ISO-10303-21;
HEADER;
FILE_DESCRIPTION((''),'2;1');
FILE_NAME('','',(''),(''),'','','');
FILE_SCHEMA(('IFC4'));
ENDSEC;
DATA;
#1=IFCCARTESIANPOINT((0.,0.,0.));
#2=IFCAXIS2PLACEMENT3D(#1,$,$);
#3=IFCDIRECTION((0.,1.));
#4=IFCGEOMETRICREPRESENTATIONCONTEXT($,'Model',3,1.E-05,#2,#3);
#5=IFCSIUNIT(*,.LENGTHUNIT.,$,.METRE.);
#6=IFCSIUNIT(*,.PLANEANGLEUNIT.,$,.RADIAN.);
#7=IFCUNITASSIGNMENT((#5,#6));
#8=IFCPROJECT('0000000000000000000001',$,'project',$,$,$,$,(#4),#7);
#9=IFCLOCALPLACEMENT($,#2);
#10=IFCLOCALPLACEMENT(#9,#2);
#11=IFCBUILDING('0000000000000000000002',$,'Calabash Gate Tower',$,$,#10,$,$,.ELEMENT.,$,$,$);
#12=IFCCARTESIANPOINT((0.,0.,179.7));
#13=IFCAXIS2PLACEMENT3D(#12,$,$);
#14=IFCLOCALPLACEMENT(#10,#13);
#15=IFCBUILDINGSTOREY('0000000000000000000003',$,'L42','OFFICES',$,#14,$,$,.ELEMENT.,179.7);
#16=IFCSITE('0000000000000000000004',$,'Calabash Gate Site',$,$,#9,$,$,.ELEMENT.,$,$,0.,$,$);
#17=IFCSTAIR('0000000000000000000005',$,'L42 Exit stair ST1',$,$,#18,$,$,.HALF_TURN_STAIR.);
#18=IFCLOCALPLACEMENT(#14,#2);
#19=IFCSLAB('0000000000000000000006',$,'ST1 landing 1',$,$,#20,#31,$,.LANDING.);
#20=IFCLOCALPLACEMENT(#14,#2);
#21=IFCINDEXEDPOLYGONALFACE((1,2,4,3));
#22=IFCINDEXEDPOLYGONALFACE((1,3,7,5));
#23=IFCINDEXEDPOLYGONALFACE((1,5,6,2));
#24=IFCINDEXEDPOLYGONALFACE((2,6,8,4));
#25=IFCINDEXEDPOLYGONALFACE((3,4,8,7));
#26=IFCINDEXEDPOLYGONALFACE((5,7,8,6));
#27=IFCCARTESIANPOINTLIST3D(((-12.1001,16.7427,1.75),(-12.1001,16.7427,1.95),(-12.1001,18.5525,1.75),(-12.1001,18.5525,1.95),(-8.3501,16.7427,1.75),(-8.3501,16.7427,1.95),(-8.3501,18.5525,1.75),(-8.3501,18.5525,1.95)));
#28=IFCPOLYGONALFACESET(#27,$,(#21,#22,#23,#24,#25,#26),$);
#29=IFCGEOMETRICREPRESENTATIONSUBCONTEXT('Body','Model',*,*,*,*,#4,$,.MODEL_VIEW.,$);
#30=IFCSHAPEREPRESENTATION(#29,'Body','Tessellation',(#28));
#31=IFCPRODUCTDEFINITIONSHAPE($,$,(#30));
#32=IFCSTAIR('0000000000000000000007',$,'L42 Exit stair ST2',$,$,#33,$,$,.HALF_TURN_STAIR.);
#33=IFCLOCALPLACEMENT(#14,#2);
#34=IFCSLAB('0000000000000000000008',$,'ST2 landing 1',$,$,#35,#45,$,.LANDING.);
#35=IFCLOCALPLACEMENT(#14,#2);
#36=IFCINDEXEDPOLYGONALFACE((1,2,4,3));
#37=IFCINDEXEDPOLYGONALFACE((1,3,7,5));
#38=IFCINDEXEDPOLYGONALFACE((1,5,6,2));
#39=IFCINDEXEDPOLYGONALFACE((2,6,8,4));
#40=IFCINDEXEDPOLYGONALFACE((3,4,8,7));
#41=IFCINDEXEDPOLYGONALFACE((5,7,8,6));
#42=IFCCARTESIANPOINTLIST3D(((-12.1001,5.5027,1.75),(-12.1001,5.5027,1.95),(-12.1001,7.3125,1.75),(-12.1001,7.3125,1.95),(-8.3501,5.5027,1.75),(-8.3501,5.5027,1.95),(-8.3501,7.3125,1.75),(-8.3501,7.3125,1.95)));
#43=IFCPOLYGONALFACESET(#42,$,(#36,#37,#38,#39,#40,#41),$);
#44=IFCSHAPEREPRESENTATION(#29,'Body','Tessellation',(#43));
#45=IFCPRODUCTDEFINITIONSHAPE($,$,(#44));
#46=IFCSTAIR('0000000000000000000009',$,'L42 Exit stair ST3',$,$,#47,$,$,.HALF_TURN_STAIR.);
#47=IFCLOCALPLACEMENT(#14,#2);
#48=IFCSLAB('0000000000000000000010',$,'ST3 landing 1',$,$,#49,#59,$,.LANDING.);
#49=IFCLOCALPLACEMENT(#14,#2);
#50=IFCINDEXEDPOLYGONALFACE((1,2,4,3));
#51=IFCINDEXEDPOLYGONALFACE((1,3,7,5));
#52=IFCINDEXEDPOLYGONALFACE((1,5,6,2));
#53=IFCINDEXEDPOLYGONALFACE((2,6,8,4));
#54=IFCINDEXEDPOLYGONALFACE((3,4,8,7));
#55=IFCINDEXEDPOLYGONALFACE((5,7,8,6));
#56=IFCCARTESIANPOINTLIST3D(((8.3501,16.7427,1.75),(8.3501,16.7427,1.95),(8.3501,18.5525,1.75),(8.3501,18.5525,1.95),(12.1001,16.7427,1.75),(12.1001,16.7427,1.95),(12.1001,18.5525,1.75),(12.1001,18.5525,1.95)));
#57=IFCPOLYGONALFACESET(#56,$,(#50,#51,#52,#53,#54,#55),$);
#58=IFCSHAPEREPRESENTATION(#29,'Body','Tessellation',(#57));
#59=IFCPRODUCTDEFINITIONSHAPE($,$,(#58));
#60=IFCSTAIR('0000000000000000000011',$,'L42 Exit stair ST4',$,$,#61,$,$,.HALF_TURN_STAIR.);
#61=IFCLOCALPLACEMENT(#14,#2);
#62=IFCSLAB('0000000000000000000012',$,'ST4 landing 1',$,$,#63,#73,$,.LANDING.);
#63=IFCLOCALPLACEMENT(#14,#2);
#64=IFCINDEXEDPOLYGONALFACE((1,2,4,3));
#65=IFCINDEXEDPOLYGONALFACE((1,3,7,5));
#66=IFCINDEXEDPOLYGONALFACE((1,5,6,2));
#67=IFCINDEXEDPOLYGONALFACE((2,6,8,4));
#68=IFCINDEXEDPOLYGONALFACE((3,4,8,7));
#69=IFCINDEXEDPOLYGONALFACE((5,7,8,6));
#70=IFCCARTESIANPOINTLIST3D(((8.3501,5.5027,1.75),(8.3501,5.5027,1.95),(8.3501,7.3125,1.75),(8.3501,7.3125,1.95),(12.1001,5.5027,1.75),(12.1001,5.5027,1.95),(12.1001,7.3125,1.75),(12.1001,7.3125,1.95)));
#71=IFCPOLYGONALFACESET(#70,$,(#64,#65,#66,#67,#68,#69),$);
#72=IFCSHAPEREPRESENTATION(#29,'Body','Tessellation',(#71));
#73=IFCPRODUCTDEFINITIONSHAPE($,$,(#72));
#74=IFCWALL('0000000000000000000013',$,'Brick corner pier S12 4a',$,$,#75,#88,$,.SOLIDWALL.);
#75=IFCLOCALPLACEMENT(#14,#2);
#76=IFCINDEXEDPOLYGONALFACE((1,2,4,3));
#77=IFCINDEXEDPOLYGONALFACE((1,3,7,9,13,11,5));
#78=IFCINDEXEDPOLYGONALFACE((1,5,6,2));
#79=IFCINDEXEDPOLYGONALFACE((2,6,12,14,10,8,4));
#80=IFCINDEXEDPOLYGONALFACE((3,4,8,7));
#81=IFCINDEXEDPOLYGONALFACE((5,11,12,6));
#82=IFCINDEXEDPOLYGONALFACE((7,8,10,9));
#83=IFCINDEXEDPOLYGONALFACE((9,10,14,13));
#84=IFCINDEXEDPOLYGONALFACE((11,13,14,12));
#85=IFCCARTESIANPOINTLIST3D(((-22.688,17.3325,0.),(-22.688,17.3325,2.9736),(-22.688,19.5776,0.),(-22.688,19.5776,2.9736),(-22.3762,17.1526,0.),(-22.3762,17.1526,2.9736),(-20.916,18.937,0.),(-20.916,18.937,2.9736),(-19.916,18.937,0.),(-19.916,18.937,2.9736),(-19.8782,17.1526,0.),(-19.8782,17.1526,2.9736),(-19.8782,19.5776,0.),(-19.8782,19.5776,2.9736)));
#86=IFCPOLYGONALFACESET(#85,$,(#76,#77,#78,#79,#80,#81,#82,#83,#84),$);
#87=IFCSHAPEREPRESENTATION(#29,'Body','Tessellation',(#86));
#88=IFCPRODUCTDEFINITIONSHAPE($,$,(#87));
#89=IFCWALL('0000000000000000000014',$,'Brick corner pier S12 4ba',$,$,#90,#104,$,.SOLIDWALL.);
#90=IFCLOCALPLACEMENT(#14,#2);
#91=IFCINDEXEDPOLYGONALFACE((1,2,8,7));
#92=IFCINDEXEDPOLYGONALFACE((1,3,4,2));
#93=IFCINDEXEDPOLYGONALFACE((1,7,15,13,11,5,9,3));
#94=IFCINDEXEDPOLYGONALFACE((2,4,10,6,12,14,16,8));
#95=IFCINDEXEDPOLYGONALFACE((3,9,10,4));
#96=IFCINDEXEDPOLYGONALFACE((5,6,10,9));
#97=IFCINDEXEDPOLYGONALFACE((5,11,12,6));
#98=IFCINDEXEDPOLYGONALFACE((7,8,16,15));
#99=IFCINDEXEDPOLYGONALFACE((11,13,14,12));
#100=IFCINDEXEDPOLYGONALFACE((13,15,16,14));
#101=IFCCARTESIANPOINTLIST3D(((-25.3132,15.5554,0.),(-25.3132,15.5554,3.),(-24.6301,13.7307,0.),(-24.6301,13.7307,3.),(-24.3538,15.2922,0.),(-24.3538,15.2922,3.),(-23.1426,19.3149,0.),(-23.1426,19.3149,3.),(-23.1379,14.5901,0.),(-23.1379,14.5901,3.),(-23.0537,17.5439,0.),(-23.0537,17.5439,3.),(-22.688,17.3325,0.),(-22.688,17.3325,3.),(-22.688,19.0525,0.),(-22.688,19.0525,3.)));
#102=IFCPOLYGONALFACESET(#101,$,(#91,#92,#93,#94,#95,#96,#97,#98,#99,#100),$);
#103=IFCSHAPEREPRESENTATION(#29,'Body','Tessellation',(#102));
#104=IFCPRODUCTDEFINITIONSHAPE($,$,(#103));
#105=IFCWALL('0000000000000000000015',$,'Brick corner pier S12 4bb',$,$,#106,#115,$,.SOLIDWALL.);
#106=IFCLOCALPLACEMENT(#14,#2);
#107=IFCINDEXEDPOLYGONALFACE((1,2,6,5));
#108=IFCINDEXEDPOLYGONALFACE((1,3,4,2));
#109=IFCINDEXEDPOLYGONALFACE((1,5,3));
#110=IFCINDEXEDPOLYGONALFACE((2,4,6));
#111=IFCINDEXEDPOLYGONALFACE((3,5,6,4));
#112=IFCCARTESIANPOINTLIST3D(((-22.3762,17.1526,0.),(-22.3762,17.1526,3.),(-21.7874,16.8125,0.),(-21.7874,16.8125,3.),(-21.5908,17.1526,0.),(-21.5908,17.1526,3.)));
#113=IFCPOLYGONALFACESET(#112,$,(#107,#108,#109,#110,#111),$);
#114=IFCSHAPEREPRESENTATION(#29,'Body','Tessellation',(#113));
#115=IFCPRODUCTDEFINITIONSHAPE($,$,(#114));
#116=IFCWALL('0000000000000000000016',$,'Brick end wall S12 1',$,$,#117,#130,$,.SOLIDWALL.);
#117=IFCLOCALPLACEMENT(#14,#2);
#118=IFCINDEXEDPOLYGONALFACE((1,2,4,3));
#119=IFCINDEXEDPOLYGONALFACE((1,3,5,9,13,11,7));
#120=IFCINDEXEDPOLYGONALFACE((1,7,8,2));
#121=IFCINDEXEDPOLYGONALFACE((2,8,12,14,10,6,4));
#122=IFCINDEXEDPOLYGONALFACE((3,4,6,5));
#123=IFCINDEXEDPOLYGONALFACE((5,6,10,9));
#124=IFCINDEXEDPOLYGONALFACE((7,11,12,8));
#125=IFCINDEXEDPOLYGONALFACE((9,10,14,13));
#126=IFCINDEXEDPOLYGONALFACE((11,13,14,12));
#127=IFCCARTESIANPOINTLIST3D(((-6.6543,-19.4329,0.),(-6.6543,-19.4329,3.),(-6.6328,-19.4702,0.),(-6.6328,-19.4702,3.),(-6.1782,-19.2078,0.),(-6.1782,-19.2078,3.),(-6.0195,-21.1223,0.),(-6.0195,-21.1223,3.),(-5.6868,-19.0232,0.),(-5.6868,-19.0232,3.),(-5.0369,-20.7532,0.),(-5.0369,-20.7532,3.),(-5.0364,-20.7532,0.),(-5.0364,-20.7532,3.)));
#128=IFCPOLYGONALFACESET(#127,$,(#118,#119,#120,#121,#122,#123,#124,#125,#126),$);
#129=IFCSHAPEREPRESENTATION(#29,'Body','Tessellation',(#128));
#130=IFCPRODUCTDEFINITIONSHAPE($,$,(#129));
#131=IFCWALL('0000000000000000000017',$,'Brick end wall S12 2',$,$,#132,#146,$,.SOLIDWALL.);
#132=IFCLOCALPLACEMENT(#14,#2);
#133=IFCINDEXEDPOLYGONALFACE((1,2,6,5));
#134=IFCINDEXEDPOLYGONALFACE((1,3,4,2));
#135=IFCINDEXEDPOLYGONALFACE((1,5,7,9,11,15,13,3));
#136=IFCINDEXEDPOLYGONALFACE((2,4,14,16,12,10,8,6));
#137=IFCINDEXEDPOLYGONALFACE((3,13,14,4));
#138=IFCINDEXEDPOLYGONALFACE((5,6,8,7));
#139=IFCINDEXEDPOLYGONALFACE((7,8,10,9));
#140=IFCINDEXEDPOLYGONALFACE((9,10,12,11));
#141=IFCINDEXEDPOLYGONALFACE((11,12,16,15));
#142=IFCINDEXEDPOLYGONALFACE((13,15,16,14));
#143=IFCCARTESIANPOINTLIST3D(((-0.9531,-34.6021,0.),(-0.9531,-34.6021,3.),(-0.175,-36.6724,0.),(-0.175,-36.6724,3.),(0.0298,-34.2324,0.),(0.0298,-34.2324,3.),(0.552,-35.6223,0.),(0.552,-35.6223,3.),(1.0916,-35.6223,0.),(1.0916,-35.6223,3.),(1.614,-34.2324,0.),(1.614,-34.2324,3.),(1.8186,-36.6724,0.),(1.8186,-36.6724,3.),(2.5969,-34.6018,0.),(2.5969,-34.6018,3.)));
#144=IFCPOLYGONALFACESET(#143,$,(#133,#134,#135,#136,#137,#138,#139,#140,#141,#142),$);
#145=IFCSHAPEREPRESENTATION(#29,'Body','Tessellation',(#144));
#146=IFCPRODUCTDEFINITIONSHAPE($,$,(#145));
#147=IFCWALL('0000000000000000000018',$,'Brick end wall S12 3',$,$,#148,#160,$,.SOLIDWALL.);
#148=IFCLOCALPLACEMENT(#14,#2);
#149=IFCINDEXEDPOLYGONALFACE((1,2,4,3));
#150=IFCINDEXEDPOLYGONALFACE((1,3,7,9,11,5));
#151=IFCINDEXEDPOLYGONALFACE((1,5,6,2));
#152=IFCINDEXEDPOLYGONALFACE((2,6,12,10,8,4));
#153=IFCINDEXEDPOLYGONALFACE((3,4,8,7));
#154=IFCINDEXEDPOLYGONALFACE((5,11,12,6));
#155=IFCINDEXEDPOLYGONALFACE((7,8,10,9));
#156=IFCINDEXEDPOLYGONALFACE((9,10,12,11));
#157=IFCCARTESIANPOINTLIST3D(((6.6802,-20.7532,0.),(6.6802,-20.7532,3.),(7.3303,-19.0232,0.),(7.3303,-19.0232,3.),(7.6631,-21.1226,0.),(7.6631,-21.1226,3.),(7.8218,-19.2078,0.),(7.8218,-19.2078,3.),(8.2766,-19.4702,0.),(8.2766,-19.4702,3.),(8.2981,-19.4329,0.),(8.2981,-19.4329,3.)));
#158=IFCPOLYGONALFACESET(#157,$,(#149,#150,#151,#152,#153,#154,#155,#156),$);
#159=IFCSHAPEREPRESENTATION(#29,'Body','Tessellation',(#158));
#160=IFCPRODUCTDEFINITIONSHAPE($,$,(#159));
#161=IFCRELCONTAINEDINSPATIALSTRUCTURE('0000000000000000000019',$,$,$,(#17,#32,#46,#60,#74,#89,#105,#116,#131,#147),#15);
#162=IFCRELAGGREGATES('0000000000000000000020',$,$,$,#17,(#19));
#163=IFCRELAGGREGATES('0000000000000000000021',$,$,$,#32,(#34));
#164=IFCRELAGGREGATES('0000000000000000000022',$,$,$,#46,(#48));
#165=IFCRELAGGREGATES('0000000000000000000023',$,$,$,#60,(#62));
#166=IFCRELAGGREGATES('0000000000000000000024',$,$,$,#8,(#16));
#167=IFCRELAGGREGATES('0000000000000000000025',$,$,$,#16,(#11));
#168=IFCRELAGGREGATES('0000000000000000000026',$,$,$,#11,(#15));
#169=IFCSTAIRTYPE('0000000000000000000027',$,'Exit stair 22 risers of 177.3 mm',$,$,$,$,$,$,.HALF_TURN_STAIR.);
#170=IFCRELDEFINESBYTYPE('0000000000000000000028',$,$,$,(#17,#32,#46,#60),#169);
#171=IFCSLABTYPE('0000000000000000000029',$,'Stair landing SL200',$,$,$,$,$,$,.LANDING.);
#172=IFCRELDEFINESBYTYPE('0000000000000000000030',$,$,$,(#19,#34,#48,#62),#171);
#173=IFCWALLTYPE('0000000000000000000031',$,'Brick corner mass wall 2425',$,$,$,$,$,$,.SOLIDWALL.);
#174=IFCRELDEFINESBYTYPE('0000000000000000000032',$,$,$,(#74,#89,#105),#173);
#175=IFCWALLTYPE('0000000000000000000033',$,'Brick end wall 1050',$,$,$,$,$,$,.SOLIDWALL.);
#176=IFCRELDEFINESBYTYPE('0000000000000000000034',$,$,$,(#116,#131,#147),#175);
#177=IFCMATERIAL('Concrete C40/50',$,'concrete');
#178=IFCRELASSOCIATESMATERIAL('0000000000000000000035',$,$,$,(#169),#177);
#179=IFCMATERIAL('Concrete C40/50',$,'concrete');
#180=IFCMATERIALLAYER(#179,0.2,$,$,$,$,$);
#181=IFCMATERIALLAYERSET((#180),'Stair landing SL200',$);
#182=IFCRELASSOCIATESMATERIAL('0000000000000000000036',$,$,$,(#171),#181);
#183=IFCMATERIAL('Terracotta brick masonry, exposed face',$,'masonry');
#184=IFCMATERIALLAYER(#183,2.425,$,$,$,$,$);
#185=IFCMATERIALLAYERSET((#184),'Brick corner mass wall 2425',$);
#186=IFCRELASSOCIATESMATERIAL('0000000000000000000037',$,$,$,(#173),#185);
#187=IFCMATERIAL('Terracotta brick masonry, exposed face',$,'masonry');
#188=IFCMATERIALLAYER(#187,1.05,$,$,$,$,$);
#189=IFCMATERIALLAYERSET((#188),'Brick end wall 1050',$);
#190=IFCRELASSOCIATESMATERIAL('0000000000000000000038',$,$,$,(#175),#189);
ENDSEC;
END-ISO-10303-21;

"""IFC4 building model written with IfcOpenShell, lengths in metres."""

from ifc_helpers import new_model, si_unit, direction, frame, origin, place, context, subcontext, project, spatial, polyline, outline, extrude, material, layer, layer_set, type_object, element, aggregate, save


model = new_model("IFC4")

# Units and contexts
model_context = context("Model", 3, precision=1e-05, world=origin(), true_north=direction((0.0, 1.0)))
body_context = subcontext(model_context, "Body", "Model", "MODEL_VIEW")
ifc_project = project(units=[si_unit("LENGTHUNIT", "METRE"), si_unit("PLANEANGLEUNIT", "RADIAN")], contexts=[model_context])

# Site, building, storey
site_placement = place(None, origin())
site = spatial("IfcSite", under=ifc_project, at=site_placement, Name="Calabash Gate Site", CompositionType="ELEMENT", RefElevation=0.0)
building_placement = place(site_placement, origin())
building = spatial("IfcBuilding", under=site, at=building_placement, Name="Calabash Gate Tower", CompositionType="ELEMENT")
storey_placement = place(building_placement, frame((0.0, 0.0, 179.7)))
storey = spatial("IfcBuildingStorey", under=building, at=storey_placement, Name="L42", Description="OFFICES", CompositionType="ELEMENT", Elevation=179.7)

# Stairs, slabs
ifc_material_1 = material(Name="Concrete C40/50", Category="concrete")
stair_type = type_object("IfcStairType", Name="Exit stair 22 risers of 177.3 mm", PredefinedType="HALF_TURN_STAIR", material=ifc_material_1)
stair_1_placement = place(storey_placement, origin())
stair_1 = element("IfcStair", 1, at=stair_1_placement, inside=storey, type_object=stair_type, Name="L42 Exit stair ST1", PredefinedType="HALF_TURN_STAIR")
ifc_material_2 = material(Name="Concrete C40/50", Category="concrete")
ifc_layer_1 = layer(ifc_material_2, 0.2)
ifc_layer_set_1 = layer_set([ifc_layer_1], Name="Stair landing SL200")
slab_type = type_object("IfcSlabType", Name="Stair landing SL200", PredefinedType="LANDING", material=ifc_layer_set_1)
slab_1_placement = place(storey_placement, frame((0.0, 0.0, 1.75)))
slab_1 = element("IfcSlab", 2, at=slab_1_placement, type_object=slab_type, Name="ST1 landing 1", PredefinedType="LANDING", context=body_context, shape_type="SweptSolid", body=[
    extrude(outline(polyline([(-8.3501, 16.7427), (-8.3501, 18.5525), (-12.1001, 18.5525), (-12.1001, 16.7427), (-8.3501, 16.7427)])), origin(), (0.0, 0.0, 1.0), 0.2),
])
aggregate(stair_1, [slab_1])
stair_2_placement = place(storey_placement, origin())
stair_2 = element("IfcStair", 3, at=stair_2_placement, inside=storey, type_object=stair_type, Name="L42 Exit stair ST2", PredefinedType="HALF_TURN_STAIR")
slab_2_placement = place(storey_placement, frame((0.0, 0.0, 1.75)))
slab_2 = element("IfcSlab", 4, at=slab_2_placement, type_object=slab_type, Name="ST2 landing 1", PredefinedType="LANDING", context=body_context, shape_type="SweptSolid", body=[
    extrude(outline(polyline([(-12.1001, 7.3125), (-12.1001, 5.5027), (-8.3501, 5.5027), (-8.3501, 7.3125), (-12.1001, 7.3125)])), origin(), (0.0, 0.0, 1.0), 0.2),
])
aggregate(stair_2, [slab_2])
stair_3_placement = place(storey_placement, origin())
stair_3 = element("IfcStair", 5, at=stair_3_placement, inside=storey, type_object=stair_type, Name="L42 Exit stair ST3", PredefinedType="HALF_TURN_STAIR")
slab_3_placement = place(storey_placement, frame((0.0, 0.0, 1.75)))
slab_3 = element("IfcSlab", 6, at=slab_3_placement, type_object=slab_type, Name="ST3 landing 1", PredefinedType="LANDING", context=body_context, shape_type="SweptSolid", body=[
    extrude(outline(polyline([(12.1001, 16.7427), (12.1001, 18.5525), (8.3501, 18.5525), (8.3501, 16.7427), (12.1001, 16.7427)])), origin(), (0.0, 0.0, 1.0), 0.2),
])
aggregate(stair_3, [slab_3])
stair_4_placement = place(storey_placement, origin())
stair_4 = element("IfcStair", 7, at=stair_4_placement, inside=storey, type_object=stair_type, Name="L42 Exit stair ST4", PredefinedType="HALF_TURN_STAIR")
slab_4_placement = place(storey_placement, frame((0.0, 0.0, 1.75)))
slab_4 = element("IfcSlab", 8, at=slab_4_placement, type_object=slab_type, Name="ST4 landing 1", PredefinedType="LANDING", context=body_context, shape_type="SweptSolid", body=[
    extrude(outline(polyline([(8.3501, 7.3125), (8.3501, 5.5027), (12.1001, 5.5027), (12.1001, 7.3125), (8.3501, 7.3125)])), origin(), (0.0, 0.0, 1.0), 0.2),
])
aggregate(stair_4, [slab_4])

# Walls
ifc_material_3 = material(Name="Terracotta brick masonry, exposed face", Category="masonry")
ifc_layer_2 = layer(ifc_material_3, 2.425)
ifc_layer_set_2 = layer_set([ifc_layer_2], Name="Brick corner mass wall 2425")
wall_type_1 = type_object("IfcWallType", Name="Brick corner mass wall 2425", PredefinedType="SOLIDWALL", material=ifc_layer_set_2)
wall_1_placement = place(storey_placement, origin())
element("IfcWall", 9, at=wall_1_placement, inside=storey, type_object=wall_type_1, Name="Brick corner pier S12 4a", PredefinedType="SOLIDWALL", context=body_context, shape_type="SweptSolid", body=[
    extrude(outline(polyline([(-22.3762, 17.1526), (-19.8782, 17.1526), (-19.8782, 19.5776), (-19.916, 18.937), (-20.916, 18.937), (-22.688, 19.5776), (-22.688, 17.3325), (-22.3762, 17.1526)])), origin(), (0.0, 0.0, 1.0), 2.9736),
])
wall_2_placement = place(storey_placement, origin())
element("IfcWall", 10, at=wall_2_placement, inside=storey, type_object=wall_type_1, Name="Brick corner pier S12 4ba", PredefinedType="SOLIDWALL", context=body_context, shape_type="SweptSolid", body=[
    extrude(outline(polyline([(-24.6301, 13.7307), (-23.1379, 14.5901), (-24.3538, 15.2922), (-23.0537, 17.5439), (-22.688, 17.3325), (-22.688, 19.0525), (-23.1426, 19.3149), (-25.3132, 15.5554), (-24.6301, 13.7307)])), origin(), (0.0, 0.0, 1.0), 3.0),
])
wall_3_placement = place(storey_placement, origin())
element("IfcWall", 11, at=wall_3_placement, inside=storey, type_object=wall_type_1, Name="Brick corner pier S12 4bb", PredefinedType="SOLIDWALL", context=body_context, shape_type="SweptSolid", body=[
    extrude(outline(polyline([(-21.5908, 17.1526), (-22.3762, 17.1526), (-21.7874, 16.8125), (-21.5908, 17.1526)])), origin(), (0.0, 0.0, 1.0), 3.0),
])
ifc_material_4 = material(Name="Terracotta brick masonry, exposed face", Category="masonry")
ifc_layer_3 = layer(ifc_material_4, 1.05)
ifc_layer_set_3 = layer_set([ifc_layer_3], Name="Brick end wall 1050")
wall_type_2 = type_object("IfcWallType", Name="Brick end wall 1050", PredefinedType="SOLIDWALL", material=ifc_layer_set_3)
wall_4_placement = place(storey_placement, origin())
element("IfcWall", 12, at=wall_4_placement, inside=storey, type_object=wall_type_2, Name="Brick end wall S12 1", PredefinedType="SOLIDWALL", context=body_context, shape_type="SweptSolid", body=[
    extrude(outline(polyline([(-5.0364, -20.7532), (-5.6868, -19.0232), (-6.1782, -19.2078), (-6.6328, -19.4702), (-6.6543, -19.4329), (-6.0195, -21.1223), (-5.0369, -20.7532), (-5.0369, -20.7532), (-5.0364, -20.7532)])), origin(), (0.0, 0.0, 1.0), 3.0),
])
wall_5_placement = place(storey_placement, origin())
element("IfcWall", 13, at=wall_5_placement, inside=storey, type_object=wall_type_2, Name="Brick end wall S12 2", PredefinedType="SOLIDWALL", context=body_context, shape_type="SweptSolid", body=[
    extrude(outline(polyline([(0.552, -35.6223), (0.0298, -34.2324), (-0.9531, -34.6021), (-0.175, -36.6724), (1.8186, -36.6724), (2.5969, -34.6018), (1.614, -34.2324), (1.0916, -35.6223), (0.552, -35.6223)])), origin(), (0.0, 0.0, 1.0), 3.0),
])
wall_6_placement = place(storey_placement, origin())
element("IfcWall", 14, at=wall_6_placement, inside=storey, type_object=wall_type_2, Name="Brick end wall S12 3", PredefinedType="SOLIDWALL", context=body_context, shape_type="SweptSolid", body=[
    extrude(outline(polyline([(7.3303, -19.0232), (6.6802, -20.7532), (7.6631, -21.1226), (8.2981, -19.4329), (8.2766, -19.4702), (7.8218, -19.2078), (7.3303, -19.0232)])), origin(), (0.0, 0.0, 1.0), 3.0),
])

save(model, "model.ifc")
